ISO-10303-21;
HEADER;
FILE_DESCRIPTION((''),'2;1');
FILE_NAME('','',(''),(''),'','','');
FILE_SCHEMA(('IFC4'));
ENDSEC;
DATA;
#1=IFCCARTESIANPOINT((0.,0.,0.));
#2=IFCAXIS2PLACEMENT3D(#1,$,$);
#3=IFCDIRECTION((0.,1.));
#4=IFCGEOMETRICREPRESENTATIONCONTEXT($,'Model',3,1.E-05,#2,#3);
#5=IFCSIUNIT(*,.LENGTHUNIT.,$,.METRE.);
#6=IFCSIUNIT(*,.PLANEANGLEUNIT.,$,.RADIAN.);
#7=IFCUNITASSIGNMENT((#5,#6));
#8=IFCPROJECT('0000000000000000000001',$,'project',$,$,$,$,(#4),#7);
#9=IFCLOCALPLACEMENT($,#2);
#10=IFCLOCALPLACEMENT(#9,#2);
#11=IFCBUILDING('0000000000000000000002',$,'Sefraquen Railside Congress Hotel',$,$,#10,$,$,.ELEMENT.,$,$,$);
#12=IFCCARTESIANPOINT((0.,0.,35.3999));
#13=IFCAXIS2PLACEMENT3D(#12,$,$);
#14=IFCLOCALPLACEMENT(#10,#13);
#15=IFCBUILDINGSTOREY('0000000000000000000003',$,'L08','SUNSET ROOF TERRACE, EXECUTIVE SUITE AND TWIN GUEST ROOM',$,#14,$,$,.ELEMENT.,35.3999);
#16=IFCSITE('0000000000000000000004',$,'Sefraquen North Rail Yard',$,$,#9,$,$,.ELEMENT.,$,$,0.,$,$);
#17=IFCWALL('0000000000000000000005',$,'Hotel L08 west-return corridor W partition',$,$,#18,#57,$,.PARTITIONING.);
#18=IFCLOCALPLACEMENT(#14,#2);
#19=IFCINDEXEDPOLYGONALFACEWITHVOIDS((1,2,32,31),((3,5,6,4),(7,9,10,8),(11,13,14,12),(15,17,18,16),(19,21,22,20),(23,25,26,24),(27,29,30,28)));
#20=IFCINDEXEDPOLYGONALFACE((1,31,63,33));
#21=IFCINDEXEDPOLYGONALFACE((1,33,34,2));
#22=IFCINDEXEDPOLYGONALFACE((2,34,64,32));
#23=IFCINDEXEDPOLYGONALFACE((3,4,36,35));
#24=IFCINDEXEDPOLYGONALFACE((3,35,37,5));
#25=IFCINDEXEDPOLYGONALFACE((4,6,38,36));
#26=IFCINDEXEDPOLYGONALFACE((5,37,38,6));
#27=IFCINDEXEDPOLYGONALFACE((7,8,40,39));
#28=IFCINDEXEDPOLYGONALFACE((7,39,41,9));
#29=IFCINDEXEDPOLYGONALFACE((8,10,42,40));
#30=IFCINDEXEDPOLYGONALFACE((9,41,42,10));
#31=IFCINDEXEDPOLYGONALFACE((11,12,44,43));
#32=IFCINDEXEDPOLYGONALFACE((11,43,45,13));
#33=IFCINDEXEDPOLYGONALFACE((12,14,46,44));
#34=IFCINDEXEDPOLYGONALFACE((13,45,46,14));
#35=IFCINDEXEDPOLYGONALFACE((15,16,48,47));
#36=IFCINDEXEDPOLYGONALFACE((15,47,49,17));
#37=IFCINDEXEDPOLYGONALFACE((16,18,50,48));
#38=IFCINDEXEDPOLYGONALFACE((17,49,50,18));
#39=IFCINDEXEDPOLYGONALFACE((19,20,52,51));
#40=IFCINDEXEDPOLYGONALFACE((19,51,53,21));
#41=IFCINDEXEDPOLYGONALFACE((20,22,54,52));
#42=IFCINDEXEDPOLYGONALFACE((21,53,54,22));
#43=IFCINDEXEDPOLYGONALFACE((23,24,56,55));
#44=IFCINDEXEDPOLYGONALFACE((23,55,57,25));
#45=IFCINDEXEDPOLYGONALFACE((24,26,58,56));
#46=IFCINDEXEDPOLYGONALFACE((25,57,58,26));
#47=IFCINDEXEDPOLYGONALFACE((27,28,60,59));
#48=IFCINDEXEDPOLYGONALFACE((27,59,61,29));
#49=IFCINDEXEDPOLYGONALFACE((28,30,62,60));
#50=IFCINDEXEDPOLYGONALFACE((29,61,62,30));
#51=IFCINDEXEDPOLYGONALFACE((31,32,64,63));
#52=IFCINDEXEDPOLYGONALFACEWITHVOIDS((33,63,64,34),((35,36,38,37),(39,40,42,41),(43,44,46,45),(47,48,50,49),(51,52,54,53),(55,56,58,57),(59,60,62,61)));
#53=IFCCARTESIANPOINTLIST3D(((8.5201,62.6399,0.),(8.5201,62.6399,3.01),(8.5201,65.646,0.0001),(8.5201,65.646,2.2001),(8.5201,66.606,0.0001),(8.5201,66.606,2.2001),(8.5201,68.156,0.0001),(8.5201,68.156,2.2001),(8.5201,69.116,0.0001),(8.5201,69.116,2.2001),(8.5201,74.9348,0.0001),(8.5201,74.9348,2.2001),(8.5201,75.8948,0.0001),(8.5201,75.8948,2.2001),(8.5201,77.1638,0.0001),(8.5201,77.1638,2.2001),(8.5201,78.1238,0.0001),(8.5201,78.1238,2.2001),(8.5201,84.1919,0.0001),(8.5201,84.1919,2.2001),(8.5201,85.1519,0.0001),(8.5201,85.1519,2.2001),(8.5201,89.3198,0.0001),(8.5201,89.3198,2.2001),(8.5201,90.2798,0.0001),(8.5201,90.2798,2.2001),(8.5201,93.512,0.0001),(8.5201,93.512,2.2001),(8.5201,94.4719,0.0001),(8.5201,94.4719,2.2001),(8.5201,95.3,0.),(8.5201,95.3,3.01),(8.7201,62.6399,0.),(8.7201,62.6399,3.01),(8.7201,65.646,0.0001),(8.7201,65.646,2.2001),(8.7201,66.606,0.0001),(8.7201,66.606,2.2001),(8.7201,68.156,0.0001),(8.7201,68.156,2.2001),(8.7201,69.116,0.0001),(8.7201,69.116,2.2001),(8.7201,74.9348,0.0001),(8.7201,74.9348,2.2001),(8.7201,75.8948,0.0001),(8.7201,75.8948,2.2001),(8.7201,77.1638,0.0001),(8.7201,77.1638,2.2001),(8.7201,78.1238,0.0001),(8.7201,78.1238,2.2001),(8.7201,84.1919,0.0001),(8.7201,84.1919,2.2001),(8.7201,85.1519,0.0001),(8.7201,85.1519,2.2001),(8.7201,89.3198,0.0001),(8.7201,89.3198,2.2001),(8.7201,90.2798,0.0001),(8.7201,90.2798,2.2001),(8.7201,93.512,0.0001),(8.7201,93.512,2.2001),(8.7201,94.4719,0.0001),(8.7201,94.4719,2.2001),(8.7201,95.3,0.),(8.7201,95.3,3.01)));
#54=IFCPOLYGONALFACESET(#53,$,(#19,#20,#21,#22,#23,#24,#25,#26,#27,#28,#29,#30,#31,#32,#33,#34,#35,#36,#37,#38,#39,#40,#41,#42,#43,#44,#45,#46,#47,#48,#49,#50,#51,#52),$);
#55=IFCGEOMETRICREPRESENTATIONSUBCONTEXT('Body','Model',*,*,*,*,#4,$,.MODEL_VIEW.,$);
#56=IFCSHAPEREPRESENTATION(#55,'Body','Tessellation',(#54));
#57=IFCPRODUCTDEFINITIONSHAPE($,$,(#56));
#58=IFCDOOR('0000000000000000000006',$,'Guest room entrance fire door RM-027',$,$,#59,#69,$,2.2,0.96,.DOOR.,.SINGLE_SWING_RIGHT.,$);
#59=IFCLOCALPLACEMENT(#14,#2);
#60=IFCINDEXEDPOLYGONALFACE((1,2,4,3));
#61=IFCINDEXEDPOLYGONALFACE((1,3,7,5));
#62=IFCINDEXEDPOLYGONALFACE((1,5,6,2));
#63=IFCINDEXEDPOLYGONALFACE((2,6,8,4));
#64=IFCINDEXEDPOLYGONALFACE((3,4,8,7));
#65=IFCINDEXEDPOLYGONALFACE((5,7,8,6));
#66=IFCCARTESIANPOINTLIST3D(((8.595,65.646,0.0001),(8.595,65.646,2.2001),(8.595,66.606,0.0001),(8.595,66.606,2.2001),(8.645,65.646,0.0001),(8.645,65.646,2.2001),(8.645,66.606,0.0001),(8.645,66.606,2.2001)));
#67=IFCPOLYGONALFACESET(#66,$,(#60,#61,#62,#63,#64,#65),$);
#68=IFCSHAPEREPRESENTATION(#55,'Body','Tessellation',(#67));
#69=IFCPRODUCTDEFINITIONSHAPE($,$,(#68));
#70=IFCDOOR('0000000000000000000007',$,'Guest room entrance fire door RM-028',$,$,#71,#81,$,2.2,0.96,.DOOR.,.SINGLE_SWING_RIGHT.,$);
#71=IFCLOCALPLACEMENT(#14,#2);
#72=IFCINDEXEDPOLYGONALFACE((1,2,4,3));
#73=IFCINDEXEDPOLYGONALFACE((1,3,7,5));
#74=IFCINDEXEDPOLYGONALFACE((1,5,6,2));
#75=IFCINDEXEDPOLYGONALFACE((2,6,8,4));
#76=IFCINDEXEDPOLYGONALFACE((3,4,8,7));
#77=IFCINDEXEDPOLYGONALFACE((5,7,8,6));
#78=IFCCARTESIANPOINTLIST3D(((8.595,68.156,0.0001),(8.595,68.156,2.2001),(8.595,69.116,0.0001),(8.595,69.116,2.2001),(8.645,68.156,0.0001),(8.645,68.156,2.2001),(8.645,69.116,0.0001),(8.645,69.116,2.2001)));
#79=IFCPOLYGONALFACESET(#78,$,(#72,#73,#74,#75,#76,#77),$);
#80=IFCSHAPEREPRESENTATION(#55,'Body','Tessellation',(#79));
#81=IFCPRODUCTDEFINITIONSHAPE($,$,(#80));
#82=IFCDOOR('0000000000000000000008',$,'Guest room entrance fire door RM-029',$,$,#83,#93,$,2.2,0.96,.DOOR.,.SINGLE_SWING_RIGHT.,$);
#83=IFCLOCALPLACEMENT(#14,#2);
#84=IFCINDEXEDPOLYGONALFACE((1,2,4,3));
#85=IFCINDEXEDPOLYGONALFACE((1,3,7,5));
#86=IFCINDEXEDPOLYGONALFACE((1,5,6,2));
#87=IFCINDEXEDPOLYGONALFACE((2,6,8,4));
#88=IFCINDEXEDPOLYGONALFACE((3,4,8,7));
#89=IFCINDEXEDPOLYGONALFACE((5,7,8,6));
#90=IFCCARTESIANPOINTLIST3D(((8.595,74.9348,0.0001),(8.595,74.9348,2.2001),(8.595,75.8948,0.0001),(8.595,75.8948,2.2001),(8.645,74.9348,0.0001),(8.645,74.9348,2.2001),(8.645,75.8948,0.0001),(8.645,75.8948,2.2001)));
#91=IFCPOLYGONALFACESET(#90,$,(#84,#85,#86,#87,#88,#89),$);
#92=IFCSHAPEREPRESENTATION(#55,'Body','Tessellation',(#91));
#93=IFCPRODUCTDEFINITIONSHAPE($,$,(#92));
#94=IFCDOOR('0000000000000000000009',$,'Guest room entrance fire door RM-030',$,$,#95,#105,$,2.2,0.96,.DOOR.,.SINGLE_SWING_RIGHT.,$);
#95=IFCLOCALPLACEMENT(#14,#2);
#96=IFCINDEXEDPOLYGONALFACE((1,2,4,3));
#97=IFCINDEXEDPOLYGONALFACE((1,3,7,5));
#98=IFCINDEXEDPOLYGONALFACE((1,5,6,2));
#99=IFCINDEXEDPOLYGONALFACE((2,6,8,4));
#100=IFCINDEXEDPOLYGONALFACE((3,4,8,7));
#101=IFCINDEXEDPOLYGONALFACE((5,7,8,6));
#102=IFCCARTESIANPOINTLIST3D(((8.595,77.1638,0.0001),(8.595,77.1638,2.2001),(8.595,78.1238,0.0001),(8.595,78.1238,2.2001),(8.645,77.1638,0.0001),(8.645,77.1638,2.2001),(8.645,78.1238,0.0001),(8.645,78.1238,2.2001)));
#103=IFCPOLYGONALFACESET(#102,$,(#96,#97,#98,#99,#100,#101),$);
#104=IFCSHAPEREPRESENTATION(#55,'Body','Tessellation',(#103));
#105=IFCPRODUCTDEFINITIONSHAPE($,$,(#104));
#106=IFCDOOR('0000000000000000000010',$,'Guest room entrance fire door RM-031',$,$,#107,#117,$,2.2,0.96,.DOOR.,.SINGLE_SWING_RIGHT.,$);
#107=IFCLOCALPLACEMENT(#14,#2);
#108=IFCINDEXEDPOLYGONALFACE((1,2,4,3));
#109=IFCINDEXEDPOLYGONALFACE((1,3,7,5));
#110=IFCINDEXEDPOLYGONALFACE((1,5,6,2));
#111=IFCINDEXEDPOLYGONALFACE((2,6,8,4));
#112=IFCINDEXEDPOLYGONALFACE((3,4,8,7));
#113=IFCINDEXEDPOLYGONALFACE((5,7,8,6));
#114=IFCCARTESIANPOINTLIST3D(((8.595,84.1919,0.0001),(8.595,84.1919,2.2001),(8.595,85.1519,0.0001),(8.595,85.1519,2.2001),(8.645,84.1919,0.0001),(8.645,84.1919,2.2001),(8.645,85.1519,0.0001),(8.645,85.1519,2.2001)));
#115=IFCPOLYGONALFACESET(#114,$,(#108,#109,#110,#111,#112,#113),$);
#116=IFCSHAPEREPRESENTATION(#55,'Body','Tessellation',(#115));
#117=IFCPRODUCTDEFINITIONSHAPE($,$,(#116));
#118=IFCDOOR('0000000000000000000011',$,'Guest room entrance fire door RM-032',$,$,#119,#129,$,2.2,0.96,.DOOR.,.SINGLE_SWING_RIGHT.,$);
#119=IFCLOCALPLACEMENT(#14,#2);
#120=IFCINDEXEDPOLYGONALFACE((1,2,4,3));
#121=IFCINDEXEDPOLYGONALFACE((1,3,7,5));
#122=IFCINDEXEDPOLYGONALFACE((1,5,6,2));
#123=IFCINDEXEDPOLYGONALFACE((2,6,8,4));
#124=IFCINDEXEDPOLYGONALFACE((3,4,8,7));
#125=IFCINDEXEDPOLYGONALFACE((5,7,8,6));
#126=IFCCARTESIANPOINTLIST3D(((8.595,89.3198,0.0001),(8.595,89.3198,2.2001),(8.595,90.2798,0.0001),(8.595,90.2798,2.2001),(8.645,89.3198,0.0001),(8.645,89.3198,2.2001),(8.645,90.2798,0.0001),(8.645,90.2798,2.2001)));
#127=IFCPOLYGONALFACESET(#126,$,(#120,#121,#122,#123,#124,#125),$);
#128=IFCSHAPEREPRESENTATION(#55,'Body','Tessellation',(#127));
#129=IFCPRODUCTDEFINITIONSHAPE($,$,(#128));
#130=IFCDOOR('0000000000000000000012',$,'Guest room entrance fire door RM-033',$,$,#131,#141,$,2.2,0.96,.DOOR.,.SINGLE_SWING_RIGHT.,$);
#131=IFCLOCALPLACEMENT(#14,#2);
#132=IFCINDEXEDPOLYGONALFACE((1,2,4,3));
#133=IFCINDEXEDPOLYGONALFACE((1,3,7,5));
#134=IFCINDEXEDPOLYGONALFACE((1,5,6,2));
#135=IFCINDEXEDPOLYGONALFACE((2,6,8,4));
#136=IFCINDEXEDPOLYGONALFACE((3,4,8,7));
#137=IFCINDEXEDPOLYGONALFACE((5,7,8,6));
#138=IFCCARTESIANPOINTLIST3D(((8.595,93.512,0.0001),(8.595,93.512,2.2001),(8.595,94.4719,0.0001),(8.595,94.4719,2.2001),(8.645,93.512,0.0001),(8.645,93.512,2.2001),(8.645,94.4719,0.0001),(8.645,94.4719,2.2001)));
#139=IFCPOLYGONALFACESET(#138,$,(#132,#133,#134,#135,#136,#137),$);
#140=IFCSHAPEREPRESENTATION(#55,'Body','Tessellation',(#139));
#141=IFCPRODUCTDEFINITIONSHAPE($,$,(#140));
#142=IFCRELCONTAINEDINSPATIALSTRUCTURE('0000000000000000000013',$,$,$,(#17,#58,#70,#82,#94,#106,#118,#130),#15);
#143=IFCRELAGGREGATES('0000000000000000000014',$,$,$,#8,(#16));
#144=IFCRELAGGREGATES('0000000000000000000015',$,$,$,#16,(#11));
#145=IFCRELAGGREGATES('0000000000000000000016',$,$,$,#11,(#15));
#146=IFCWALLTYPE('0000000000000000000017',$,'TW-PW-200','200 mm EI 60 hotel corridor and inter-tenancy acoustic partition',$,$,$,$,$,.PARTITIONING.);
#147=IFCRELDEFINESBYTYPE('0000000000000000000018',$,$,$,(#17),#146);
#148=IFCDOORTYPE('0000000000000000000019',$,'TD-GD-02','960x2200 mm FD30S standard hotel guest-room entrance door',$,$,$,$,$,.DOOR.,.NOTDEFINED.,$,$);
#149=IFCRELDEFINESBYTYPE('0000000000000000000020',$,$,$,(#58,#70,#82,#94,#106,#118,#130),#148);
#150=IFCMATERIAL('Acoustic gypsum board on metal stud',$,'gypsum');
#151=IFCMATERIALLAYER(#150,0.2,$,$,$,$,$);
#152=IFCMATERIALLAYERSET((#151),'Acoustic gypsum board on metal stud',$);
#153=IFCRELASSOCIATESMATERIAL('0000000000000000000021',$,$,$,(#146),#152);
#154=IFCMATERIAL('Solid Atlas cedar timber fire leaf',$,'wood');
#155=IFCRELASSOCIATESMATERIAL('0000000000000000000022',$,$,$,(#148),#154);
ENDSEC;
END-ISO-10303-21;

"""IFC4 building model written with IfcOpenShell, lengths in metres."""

from ifc_helpers import new_model, si_unit, direction, frame, frame_2d, origin, place, context, subcontext, project, spatial, rectangle, extrude, material, layer, layer_set, type_object, element, fill, save


model = new_model("IFC4")

# Units and contexts
model_context = context("Model", 3, precision=1e-05, world=origin(), true_north=direction((0.0, 1.0)))
body_context = subcontext(model_context, "Body", "Model", "MODEL_VIEW")
ifc_project = project(units=[si_unit("LENGTHUNIT", "METRE"), si_unit("PLANEANGLEUNIT", "RADIAN")], contexts=[model_context])

# Site, building, storey
site_placement = place(None, origin())
site = spatial("IfcSite", under=ifc_project, at=site_placement, Name="Sefraquen North Rail Yard", CompositionType="ELEMENT", RefElevation=0.0)
building_placement = place(site_placement, origin())
building = spatial("IfcBuilding", under=site, at=building_placement, Name="Sefraquen Railside Congress Hotel", CompositionType="ELEMENT")
storey_placement = place(building_placement, frame((0.0, 0.0, 35.3999)))
storey = spatial("IfcBuildingStorey", under=building, at=storey_placement, Name="L08", Description="SUNSET ROOF TERRACE, EXECUTIVE SUITE AND TWIN GUEST ROOM", CompositionType="ELEMENT", Elevation=35.3999)

# Wall, openings, doors
ifc_material_1 = material(Name="Acoustic gypsum board on metal stud", Category="gypsum")
ifc_layer_1 = layer(ifc_material_1, 0.2)
ifc_layer_set_1 = layer_set([ifc_layer_1], Name="Acoustic gypsum board on metal stud")
wall_type_1 = type_object("IfcWallType", Name="TW-PW-200", Description="200 mm EI 60 hotel corridor and inter-tenancy acoustic partition", PredefinedType="PARTITIONING", material=ifc_layer_set_1)
wall_1_placement = place(storey_placement, frame((8.6201, 62.6399, 0.0), z_axis=(0.0, 0.0, 1.0), x_axis=(0.0, 1.0, 0.0)))
wall_1 = element("IfcWall", 1, at=wall_1_placement, inside=storey, type_object=wall_type_1, Name="Hotel L08 west-return corridor W partition", PredefinedType="PARTITIONING", context=body_context, shape_type="SweptSolid", body=[
    extrude(rectangle(XDim=32.6602, YDim=0.2, at=frame_2d((16.3301, 0.0))), origin(), (0.0, 0.0, 1.0), 3.01),
])
opening_1_placement = place(wall_1_placement, frame((3.0061, 0.0, 0.0)))
opening_1 = element("IfcOpeningElement", 2, at=opening_1_placement, cuts=wall_1, PredefinedType="OPENING", context=body_context, shape_type="SweptSolid", body=[
    extrude(rectangle(XDim=0.96, YDim=2.2, at=frame_2d((0.48, 1.1001))), frame((0.0, 0.1099, 0.0), z_axis=(0.0, -1.0, 0.0), x_axis=(1.0, 0.0, 0.0)), (0.0, 0.0, 1.0), 0.22),
])
opening_2_placement = place(wall_1_placement, frame((5.5161, 0.0, 0.0)))
opening_2 = element("IfcOpeningElement", 3, at=opening_2_placement, cuts=wall_1, PredefinedType="OPENING", context=body_context, shape_type="SweptSolid", body=[
    extrude(rectangle(XDim=0.96, YDim=2.2, at=frame_2d((0.48, 1.1001))), frame((0.0, 0.1099, 0.0), z_axis=(0.0, -1.0, 0.0), x_axis=(1.0, 0.0, 0.0)), (0.0, 0.0, 1.0), 0.22),
])
opening_3_placement = place(wall_1_placement, frame((12.2949, 0.0, 0.0)))
opening_3 = element("IfcOpeningElement", 4, at=opening_3_placement, cuts=wall_1, PredefinedType="OPENING", context=body_context, shape_type="SweptSolid", body=[
    extrude(rectangle(XDim=0.96, YDim=2.2, at=frame_2d((0.48, 1.1001))), frame((0.0, 0.1099, 0.0), z_axis=(0.0, -1.0, 0.0), x_axis=(1.0, 0.0, 0.0)), (0.0, 0.0, 1.0), 0.22),
])
opening_4_placement = place(wall_1_placement, frame((14.5239, 0.0, 0.0)))
opening_4 = element("IfcOpeningElement", 5, at=opening_4_placement, cuts=wall_1, PredefinedType="OPENING", context=body_context, shape_type="SweptSolid", body=[
    extrude(rectangle(XDim=0.96, YDim=2.2, at=frame_2d((0.48, 1.1001))), frame((0.0, 0.1099, 0.0), z_axis=(0.0, -1.0, 0.0), x_axis=(1.0, 0.0, 0.0)), (0.0, 0.0, 1.0), 0.22),
])
opening_5_placement = place(wall_1_placement, frame((21.552, 0.0, 0.0)))
opening_5 = element("IfcOpeningElement", 6, at=opening_5_placement, cuts=wall_1, PredefinedType="OPENING", context=body_context, shape_type="SweptSolid", body=[
    extrude(rectangle(XDim=0.96, YDim=2.2, at=frame_2d((0.48, 1.1001))), frame((0.0, 0.1099, 0.0), z_axis=(0.0, -1.0, 0.0), x_axis=(1.0, 0.0, 0.0)), (0.0, 0.0, 1.0), 0.22),
])
opening_6_placement = place(wall_1_placement, frame((26.6799, 0.0, 0.0)))
opening_6 = element("IfcOpeningElement", 7, at=opening_6_placement, cuts=wall_1, PredefinedType="OPENING", context=body_context, shape_type="SweptSolid", body=[
    extrude(rectangle(XDim=0.96, YDim=2.2, at=frame_2d((0.48, 1.1001))), frame((0.0, 0.1099, 0.0), z_axis=(0.0, -1.0, 0.0), x_axis=(1.0, 0.0, 0.0)), (0.0, 0.0, 1.0), 0.22),
])
opening_7_placement = place(wall_1_placement, frame((30.8721, 0.0, 0.0)))
opening_7 = element("IfcOpeningElement", 8, at=opening_7_placement, cuts=wall_1, PredefinedType="OPENING", context=body_context, shape_type="SweptSolid", body=[
    extrude(rectangle(XDim=0.96, YDim=2.2, at=frame_2d((0.48, 1.1001))), frame((0.0, 0.1099, 0.0), z_axis=(0.0, -1.0, 0.0), x_axis=(1.0, 0.0, 0.0)), (0.0, 0.0, 1.0), 0.22),
])
ifc_material_2 = material(Name="Solid Atlas cedar timber fire leaf", Category="wood")
door_type_1 = type_object("IfcDoorType", Name="TD-GD-02", Description="960x2200 mm FD30S standard hotel guest-room entrance door", OperationType="NOTDEFINED", PredefinedType="DOOR", material=ifc_material_2)
door_1_placement = place(opening_1_placement, frame((0.96, 0.0, 0.0), z_axis=(0.0, 0.0, 1.0), x_axis=(-1.0, 0.0, 0.0)))
door_1 = element("IfcDoor", 9, at=door_1_placement, inside=storey, type_object=door_type_1, Name="Guest room entrance fire door RM-027", OperationType="SINGLE_SWING_RIGHT", OverallHeight=2.2, OverallWidth=0.96, PredefinedType="DOOR", context=body_context, shape_type="SweptSolid", body=[
    extrude(rectangle(XDim=0.96, YDim=2.2, at=frame_2d((0.48, 1.1001))), frame((0.0, 0.0249, 0.0), z_axis=(0.0, -1.0, 0.0), x_axis=(1.0, 0.0, 0.0)), (0.0, 0.0, 1.0), 0.05),
])
fill(opening_1, door_1)
door_2_placement = place(opening_2_placement, frame((0.96, 0.0, 0.0), z_axis=(0.0, 0.0, 1.0), x_axis=(-1.0, 0.0, 0.0)))
door_2 = element("IfcDoor", 10, at=door_2_placement, inside=storey, type_object=door_type_1, Name="Guest room entrance fire door RM-028", OperationType="SINGLE_SWING_RIGHT", OverallHeight=2.2, OverallWidth=0.96, PredefinedType="DOOR", context=body_context, shape_type="SweptSolid", body=[
    extrude(rectangle(XDim=0.96, YDim=2.2, at=frame_2d((0.48, 1.1001))), frame((0.0, 0.0249, 0.0), z_axis=(0.0, -1.0, 0.0), x_axis=(1.0, 0.0, 0.0)), (0.0, 0.0, 1.0), 0.05),
])
fill(opening_2, door_2)
door_3_placement = place(opening_3_placement, frame((0.96, 0.0, 0.0), z_axis=(0.0, 0.0, 1.0), x_axis=(-1.0, 0.0, 0.0)))
door_3 = element("IfcDoor", 11, at=door_3_placement, inside=storey, type_object=door_type_1, Name="Guest room entrance fire door RM-029", OperationType="SINGLE_SWING_RIGHT", OverallHeight=2.2, OverallWidth=0.96, PredefinedType="DOOR", context=body_context, shape_type="SweptSolid", body=[
    extrude(rectangle(XDim=0.96, YDim=2.2, at=frame_2d((0.48, 1.1001))), frame((0.0, 0.0249, 0.0), z_axis=(0.0, -1.0, 0.0), x_axis=(1.0, 0.0, 0.0)), (0.0, 0.0, 1.0), 0.05),
])
fill(opening_3, door_3)
door_4_placement = place(opening_4_placement, frame((0.96, 0.0, 0.0), z_axis=(0.0, 0.0, 1.0), x_axis=(-1.0, 0.0, 0.0)))
door_4 = element("IfcDoor", 12, at=door_4_placement, inside=storey, type_object=door_type_1, Name="Guest room entrance fire door RM-030", OperationType="SINGLE_SWING_RIGHT", OverallHeight=2.2, OverallWidth=0.96, PredefinedType="DOOR", context=body_context, shape_type="SweptSolid", body=[
    extrude(rectangle(XDim=0.96, YDim=2.2, at=frame_2d((0.48, 1.1001))), frame((0.0, 0.0249, 0.0), z_axis=(0.0, -1.0, 0.0), x_axis=(1.0, 0.0, 0.0)), (0.0, 0.0, 1.0), 0.05),
])
fill(opening_4, door_4)
door_5_placement = place(opening_5_placement, frame((0.96, 0.0, 0.0), z_axis=(0.0, 0.0, 1.0), x_axis=(-1.0, 0.0, 0.0)))
door_5 = element("IfcDoor", 13, at=door_5_placement, inside=storey, type_object=door_type_1, Name="Guest room entrance fire door RM-031", OperationType="SINGLE_SWING_RIGHT", OverallHeight=2.2, OverallWidth=0.96, PredefinedType="DOOR", context=body_context, shape_type="SweptSolid", body=[
    extrude(rectangle(XDim=0.96, YDim=2.2, at=frame_2d((0.48, 1.1001))), frame((0.0, 0.0249, 0.0), z_axis=(0.0, -1.0, 0.0), x_axis=(1.0, 0.0, 0.0)), (0.0, 0.0, 1.0), 0.05),
])
fill(opening_5, door_5)
door_6_placement = place(opening_6_placement, frame((0.96, 0.0, 0.0), z_axis=(0.0, 0.0, 1.0), x_axis=(-1.0, 0.0, 0.0)))
door_6 = element("IfcDoor", 14, at=door_6_placement, inside=storey, type_object=door_type_1, Name="Guest room entrance fire door RM-032", OperationType="SINGLE_SWING_RIGHT", OverallHeight=2.2, OverallWidth=0.96, PredefinedType="DOOR", context=body_context, shape_type="SweptSolid", body=[
    extrude(rectangle(XDim=0.96, YDim=2.2, at=frame_2d((0.48, 1.1001))), frame((0.0, 0.0249, 0.0), z_axis=(0.0, -1.0, 0.0), x_axis=(1.0, 0.0, 0.0)), (0.0, 0.0, 1.0), 0.05),
])
fill(opening_6, door_6)
door_7_placement = place(opening_7_placement, frame((0.96, 0.0, 0.0), z_axis=(0.0, 0.0, 1.0), x_axis=(-1.0, 0.0, 0.0)))
door_7 = element("IfcDoor", 15, at=door_7_placement, inside=storey, type_object=door_type_1, Name="Guest room entrance fire door RM-033", OperationType="SINGLE_SWING_RIGHT", OverallHeight=2.2, OverallWidth=0.96, PredefinedType="DOOR", context=body_context, shape_type="SweptSolid", body=[
    extrude(rectangle(XDim=0.96, YDim=2.2, at=frame_2d((0.48, 1.1001))), frame((0.0, 0.0249, 0.0), z_axis=(0.0, -1.0, 0.0), x_axis=(1.0, 0.0, 0.0)), (0.0, 0.0, 1.0), 0.05),
])
fill(opening_7, door_7)

save(model, "model.ifc")
